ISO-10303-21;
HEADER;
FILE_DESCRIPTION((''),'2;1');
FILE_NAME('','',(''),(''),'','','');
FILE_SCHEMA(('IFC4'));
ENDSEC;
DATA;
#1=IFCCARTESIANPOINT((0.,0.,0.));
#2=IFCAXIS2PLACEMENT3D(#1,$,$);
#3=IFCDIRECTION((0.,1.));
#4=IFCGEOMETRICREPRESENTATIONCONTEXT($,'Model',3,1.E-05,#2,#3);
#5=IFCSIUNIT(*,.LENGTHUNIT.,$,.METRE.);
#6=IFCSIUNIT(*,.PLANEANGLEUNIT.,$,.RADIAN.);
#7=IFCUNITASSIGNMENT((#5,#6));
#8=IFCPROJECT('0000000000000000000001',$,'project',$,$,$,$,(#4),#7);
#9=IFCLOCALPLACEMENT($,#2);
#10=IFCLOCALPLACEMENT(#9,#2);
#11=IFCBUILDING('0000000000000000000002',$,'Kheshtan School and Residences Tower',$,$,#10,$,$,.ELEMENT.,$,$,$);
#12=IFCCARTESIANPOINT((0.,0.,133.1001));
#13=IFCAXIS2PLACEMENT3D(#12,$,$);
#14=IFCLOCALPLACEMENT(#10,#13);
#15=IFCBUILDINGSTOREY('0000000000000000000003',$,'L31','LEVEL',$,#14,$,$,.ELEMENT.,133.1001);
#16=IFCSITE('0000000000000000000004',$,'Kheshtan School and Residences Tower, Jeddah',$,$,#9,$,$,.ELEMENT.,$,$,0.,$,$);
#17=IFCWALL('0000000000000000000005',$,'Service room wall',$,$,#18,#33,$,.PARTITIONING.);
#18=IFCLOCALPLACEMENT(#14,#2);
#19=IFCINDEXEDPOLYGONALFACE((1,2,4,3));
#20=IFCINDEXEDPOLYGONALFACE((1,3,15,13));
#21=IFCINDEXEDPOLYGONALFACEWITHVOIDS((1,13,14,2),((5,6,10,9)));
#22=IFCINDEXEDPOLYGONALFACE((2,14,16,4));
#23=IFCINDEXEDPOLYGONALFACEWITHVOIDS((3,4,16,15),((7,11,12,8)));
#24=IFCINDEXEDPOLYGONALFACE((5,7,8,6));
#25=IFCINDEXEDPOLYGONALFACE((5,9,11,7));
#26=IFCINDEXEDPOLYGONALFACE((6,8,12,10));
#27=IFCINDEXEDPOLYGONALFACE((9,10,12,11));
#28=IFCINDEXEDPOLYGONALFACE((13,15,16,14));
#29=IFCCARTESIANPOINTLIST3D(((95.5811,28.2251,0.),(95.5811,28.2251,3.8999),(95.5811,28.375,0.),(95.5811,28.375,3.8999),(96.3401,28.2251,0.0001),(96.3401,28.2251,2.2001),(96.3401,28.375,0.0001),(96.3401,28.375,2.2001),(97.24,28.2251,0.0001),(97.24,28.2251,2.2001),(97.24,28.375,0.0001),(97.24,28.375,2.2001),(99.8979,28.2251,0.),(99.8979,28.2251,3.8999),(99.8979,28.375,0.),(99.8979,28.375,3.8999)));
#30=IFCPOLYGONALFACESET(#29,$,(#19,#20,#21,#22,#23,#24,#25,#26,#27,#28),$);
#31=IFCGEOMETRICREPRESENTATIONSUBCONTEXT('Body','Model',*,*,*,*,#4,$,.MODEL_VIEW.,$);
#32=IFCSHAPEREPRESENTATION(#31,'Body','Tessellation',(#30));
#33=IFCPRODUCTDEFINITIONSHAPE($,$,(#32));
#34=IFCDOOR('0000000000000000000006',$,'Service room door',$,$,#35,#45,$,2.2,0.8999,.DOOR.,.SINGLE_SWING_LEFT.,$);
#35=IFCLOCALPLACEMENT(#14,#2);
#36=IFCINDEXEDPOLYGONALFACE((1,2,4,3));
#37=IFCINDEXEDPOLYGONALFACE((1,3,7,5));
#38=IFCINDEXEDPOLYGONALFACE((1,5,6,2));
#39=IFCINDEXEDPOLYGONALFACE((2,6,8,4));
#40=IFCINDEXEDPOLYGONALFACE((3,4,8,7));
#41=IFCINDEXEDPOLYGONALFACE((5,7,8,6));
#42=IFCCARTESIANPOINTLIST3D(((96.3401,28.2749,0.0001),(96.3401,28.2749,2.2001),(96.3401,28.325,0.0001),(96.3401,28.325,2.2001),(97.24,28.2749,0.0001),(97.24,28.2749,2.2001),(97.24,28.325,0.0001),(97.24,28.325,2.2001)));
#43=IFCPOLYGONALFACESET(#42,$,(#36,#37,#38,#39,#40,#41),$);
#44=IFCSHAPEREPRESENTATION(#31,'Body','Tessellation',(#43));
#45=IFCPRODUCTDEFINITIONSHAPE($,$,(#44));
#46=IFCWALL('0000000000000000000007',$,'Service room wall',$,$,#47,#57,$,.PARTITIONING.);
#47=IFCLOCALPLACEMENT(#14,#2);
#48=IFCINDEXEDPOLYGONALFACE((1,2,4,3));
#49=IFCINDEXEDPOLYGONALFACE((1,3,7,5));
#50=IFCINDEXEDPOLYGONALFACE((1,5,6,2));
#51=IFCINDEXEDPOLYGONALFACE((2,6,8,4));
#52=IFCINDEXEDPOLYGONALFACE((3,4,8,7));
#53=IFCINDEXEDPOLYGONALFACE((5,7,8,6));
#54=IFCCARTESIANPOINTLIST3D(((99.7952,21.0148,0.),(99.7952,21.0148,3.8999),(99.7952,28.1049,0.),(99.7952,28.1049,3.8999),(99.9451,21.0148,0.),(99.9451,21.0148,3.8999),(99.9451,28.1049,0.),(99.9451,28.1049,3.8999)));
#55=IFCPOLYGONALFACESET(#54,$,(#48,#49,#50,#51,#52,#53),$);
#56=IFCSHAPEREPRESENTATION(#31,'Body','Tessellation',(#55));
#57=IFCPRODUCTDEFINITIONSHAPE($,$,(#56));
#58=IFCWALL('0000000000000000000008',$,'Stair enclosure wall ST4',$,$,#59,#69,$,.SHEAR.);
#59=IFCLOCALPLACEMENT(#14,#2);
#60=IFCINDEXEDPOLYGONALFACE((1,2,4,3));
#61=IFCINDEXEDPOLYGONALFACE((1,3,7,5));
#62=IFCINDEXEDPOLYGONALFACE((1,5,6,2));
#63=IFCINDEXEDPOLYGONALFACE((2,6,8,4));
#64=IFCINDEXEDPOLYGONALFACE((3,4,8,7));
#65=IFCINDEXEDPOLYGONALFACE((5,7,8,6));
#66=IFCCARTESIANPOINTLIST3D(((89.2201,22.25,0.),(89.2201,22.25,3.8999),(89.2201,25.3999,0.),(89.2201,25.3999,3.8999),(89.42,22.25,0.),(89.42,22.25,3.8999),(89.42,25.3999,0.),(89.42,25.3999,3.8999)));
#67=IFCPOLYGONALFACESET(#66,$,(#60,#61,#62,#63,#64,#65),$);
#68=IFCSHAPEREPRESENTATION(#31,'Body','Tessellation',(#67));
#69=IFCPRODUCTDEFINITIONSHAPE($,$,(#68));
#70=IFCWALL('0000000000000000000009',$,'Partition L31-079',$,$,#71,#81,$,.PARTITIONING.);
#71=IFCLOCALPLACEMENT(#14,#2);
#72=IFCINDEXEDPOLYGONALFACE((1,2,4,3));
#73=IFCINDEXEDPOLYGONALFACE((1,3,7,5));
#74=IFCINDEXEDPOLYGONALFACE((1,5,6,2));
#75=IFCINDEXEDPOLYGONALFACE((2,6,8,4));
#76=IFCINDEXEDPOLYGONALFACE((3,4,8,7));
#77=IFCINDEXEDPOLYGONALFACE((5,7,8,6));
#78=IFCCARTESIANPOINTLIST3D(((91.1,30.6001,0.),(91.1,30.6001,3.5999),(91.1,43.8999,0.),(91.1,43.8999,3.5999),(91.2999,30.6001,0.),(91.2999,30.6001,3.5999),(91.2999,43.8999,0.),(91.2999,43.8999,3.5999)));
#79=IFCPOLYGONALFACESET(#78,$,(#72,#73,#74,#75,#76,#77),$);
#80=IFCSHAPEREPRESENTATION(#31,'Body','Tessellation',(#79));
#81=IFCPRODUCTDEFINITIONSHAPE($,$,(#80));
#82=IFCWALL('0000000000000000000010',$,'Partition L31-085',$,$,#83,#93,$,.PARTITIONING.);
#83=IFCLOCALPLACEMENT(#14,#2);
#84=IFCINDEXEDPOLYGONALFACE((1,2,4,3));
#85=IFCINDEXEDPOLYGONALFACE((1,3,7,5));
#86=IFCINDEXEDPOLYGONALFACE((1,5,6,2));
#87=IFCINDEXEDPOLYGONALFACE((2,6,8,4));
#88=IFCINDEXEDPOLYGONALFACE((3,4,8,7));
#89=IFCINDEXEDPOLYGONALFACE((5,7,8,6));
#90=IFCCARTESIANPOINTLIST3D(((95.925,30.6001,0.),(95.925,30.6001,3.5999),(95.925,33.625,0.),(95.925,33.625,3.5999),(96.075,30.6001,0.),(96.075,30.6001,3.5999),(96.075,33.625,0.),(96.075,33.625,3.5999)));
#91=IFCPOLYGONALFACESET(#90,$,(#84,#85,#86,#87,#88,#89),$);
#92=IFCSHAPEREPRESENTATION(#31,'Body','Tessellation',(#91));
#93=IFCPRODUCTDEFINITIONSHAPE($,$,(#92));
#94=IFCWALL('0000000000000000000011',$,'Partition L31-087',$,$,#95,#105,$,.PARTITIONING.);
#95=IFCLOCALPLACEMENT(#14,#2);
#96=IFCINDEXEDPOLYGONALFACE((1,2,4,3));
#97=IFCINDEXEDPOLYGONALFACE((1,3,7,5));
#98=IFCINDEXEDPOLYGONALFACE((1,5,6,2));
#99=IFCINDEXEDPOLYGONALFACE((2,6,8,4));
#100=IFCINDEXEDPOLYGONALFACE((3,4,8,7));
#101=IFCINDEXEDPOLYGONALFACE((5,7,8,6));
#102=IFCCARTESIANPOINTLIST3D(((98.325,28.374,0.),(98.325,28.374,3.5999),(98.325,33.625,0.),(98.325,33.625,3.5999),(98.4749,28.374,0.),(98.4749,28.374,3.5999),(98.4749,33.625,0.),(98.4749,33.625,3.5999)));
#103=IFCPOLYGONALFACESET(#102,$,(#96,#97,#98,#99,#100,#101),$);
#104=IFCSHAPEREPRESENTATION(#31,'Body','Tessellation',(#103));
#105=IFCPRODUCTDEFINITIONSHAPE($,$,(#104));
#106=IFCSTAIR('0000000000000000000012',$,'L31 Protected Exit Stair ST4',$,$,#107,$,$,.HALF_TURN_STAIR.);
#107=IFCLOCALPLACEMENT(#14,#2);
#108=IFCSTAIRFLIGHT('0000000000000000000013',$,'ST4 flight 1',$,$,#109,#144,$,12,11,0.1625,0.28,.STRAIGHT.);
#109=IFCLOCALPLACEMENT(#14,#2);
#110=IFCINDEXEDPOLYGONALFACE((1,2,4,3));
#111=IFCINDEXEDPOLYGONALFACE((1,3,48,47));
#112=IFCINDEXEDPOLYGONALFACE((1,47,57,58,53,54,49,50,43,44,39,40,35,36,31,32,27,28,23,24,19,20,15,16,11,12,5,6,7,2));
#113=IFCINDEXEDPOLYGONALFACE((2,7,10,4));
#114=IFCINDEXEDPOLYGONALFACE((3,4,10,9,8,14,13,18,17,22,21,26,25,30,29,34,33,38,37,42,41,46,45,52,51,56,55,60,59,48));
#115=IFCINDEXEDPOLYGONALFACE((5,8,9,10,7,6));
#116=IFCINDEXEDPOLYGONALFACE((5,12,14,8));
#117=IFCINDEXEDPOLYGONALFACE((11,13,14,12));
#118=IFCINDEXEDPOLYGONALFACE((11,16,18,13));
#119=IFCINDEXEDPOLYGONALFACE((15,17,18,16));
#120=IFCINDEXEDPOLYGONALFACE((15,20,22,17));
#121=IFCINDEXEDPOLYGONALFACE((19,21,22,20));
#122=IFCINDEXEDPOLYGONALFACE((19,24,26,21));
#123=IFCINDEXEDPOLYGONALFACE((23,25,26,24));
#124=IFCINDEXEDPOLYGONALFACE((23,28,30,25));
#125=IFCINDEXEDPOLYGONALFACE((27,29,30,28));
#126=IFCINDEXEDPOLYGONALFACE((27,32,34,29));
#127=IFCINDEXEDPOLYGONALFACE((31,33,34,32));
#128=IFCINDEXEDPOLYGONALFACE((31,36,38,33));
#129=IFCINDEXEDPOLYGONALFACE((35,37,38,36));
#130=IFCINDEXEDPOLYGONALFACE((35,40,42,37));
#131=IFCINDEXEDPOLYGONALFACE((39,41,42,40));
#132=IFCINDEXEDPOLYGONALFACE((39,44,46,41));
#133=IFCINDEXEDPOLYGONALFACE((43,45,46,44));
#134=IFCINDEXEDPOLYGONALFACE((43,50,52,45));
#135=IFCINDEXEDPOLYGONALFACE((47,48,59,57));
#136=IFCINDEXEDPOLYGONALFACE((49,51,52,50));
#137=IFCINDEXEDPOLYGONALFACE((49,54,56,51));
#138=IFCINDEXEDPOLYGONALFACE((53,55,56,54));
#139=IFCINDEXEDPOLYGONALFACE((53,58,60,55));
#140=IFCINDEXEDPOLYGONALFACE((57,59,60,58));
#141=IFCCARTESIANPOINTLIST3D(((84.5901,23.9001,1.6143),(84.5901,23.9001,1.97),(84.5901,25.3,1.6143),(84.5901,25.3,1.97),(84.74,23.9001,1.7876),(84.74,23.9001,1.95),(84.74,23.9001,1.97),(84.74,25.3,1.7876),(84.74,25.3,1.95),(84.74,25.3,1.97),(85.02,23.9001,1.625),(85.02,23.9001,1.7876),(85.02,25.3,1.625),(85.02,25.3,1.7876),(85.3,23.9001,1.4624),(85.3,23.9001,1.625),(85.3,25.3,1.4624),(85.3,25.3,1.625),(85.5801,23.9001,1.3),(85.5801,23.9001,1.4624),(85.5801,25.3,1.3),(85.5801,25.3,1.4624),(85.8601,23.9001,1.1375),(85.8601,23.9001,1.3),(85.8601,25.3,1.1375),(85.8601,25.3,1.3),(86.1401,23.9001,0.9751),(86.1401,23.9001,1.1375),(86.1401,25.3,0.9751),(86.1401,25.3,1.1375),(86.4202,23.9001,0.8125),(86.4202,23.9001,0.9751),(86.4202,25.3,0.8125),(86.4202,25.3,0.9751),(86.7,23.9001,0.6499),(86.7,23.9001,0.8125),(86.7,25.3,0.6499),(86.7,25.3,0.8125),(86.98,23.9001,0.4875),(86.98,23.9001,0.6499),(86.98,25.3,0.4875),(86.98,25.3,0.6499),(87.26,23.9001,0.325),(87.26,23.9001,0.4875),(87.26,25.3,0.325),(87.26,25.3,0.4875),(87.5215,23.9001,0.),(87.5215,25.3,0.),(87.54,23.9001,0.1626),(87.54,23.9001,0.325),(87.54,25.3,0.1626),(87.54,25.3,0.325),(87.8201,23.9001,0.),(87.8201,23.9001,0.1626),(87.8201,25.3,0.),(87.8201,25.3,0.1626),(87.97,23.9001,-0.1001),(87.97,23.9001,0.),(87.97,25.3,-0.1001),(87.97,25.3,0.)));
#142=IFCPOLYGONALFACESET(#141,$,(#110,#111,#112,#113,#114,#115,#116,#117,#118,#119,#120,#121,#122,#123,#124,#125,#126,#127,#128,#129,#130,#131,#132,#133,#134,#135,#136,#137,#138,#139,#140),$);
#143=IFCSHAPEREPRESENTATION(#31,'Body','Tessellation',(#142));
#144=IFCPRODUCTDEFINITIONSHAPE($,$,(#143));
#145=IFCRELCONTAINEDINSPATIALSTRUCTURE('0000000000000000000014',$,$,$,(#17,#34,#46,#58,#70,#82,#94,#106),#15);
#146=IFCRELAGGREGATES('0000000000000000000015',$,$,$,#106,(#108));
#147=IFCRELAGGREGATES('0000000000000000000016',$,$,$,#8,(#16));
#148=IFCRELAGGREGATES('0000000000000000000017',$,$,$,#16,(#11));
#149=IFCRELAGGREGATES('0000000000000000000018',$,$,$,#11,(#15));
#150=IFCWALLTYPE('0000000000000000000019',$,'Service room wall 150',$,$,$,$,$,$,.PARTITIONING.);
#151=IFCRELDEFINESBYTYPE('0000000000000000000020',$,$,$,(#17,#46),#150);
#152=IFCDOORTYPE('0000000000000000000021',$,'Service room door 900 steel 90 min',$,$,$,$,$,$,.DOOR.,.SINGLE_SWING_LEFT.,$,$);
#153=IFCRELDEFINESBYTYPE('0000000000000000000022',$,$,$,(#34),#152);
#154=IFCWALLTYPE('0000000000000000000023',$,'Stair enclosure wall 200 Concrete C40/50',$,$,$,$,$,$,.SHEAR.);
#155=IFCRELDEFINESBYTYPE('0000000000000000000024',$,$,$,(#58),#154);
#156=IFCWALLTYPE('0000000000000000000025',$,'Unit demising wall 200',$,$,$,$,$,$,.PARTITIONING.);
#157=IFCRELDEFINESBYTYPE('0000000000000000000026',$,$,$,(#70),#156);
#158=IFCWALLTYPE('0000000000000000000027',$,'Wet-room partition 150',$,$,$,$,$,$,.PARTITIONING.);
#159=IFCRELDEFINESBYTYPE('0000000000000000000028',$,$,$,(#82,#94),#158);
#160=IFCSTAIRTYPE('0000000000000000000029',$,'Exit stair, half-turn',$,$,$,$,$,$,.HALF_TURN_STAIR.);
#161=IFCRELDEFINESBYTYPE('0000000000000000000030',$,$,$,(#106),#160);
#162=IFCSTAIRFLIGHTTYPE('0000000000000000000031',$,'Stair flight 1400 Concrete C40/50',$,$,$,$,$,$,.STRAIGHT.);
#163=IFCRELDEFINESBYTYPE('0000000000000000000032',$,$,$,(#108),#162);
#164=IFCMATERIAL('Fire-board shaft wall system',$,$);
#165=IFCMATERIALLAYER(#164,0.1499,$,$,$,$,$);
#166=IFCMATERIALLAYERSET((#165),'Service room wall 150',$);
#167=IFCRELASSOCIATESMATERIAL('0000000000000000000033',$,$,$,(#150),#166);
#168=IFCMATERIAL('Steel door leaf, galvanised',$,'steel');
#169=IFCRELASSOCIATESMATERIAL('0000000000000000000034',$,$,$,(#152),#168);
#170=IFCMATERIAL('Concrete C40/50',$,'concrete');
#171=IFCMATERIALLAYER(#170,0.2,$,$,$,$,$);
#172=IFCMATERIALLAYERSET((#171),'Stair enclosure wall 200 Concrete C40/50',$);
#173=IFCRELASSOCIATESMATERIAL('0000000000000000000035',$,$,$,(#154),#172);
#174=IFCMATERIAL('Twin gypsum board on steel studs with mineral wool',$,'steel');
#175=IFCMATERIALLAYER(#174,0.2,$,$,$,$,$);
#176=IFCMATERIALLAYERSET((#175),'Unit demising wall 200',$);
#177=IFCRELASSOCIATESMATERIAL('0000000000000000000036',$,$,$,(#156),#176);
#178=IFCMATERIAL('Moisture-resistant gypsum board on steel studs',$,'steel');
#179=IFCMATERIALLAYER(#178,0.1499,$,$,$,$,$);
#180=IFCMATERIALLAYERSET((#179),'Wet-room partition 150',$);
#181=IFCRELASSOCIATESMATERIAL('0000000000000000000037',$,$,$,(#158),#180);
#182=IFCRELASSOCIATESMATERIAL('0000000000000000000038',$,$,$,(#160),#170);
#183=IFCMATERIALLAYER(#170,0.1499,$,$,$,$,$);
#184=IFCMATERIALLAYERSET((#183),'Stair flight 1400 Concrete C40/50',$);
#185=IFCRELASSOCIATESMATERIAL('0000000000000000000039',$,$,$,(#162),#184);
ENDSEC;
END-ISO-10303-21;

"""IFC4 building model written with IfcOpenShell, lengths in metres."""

from ifc_helpers import new_model, si_unit, direction, frame, frame_2d, origin, place, context, subcontext, project, spatial, polyline, rectangle, outline, extrude, source, transform, mapped, material, layer, layer_set, type_object, element, fill, aggregate, save


model = new_model("IFC4")

# Units and contexts
model_context = context("Model", 3, precision=1e-05, world=origin(), true_north=direction((0.0, 1.0)))
body_context = subcontext(model_context, "Body", "Model", "MODEL_VIEW")
ifc_project = project(units=[si_unit("LENGTHUNIT", "METRE"), si_unit("PLANEANGLEUNIT", "RADIAN")], contexts=[model_context])

# Site, building, storey
site_placement = place(None, origin())
site = spatial("IfcSite", under=ifc_project, at=site_placement, Name="Kheshtan School and Residences Tower, Jeddah", CompositionType="ELEMENT", RefElevation=0.0)
building_placement = place(site_placement, origin())
building = spatial("IfcBuilding", under=site, at=building_placement, Name="Kheshtan School and Residences Tower", CompositionType="ELEMENT")
storey_placement = place(building_placement, frame((0.0, 0.0, 133.1001)))
storey = spatial("IfcBuildingStorey", under=building, at=storey_placement, Name="L31", Description="LEVEL", CompositionType="ELEMENT", Elevation=133.1001)

# Shared definitions
ifc_material_1 = material(Name="Fire-board shaft wall system")
ifc_layer_1 = layer(ifc_material_1, 0.1499)
ifc_layer_set_1 = layer_set([ifc_layer_1], Name="Service room wall 150")
wall_type_1 = type_object("IfcWallType", Name="Service room wall 150", PredefinedType="PARTITIONING", material=ifc_layer_set_1)
ifc_material_2 = material(Name="Steel door leaf, galvanised", Category="steel")
door_type = type_object("IfcDoorType", Name="Service room door 900 steel 90 min", OperationType="SINGLE_SWING_LEFT", PredefinedType="DOOR", material=ifc_material_2)
shared_shape = source(origin(), body_context, "Body", "SweptSolid", [
    extrude(rectangle(XDim=0.8999, YDim=2.2, at=frame_2d((0.45, 1.1001))), frame((0.0, 0.0249, 0.0), z_axis=(0.0, -1.0, 0.0), x_axis=(1.0, 0.0, 0.0)), (0.0, 0.0, 1.0), 0.05),
])

# Wall, opening, door
wall_1_placement = place(storey_placement, frame((95.5811, 28.3, 0.0), z_axis=(0.0, 0.0, 1.0), x_axis=(1.0, 0.0, 0.0)))
wall_1 = element("IfcWall", 1, at=wall_1_placement, inside=storey, type_object=wall_type_1, Name="Service room wall", PredefinedType="PARTITIONING", context=body_context, shape_type="SweptSolid", body=[
    extrude(rectangle(XDim=4.3169, YDim=0.1499, at=frame_2d((2.1584, 0.0))), origin(), (0.0, 0.0, 1.0), 3.8999),
])
opening_1_placement = place(wall_1_placement, frame((0.759, 0.0, 0.0)))
opening_1 = element("IfcOpeningElement", 2, at=opening_1_placement, cuts=wall_1, PredefinedType="OPENING", context=body_context, shape_type="SweptSolid", body=[
    extrude(rectangle(XDim=0.8999, YDim=2.2, at=frame_2d((0.45, 1.1001))), frame((0.0, 0.085, 0.0), z_axis=(0.0, -1.0, 0.0), x_axis=(1.0, 0.0, 0.0)), (0.0, 0.0, 1.0), 0.1699),
])
door_1_placement = place(opening_1_placement, origin())
door_1 = element("IfcDoor", 3, at=door_1_placement, inside=storey, type_object=door_type, Name="Service room door", OperationType="SINGLE_SWING_LEFT", OverallHeight=2.2, OverallWidth=0.8999, PredefinedType="DOOR", context=body_context, shape_type="MappedRepresentation", body=[
    mapped(shared_shape, transform((0.0, 0.0, 0.0), x_axis=(1.0, 0.0, 0.0), y_axis=(0.0, 1.0, 0.0), z_axis=(0.0, 0.0, 1.0), scale=1.0)),
])
fill(opening_1, door_1)

# Walls
wall_2_placement = place(storey_placement, frame((99.8701, 21.0149, 0.0), z_axis=(0.0, 0.0, 1.0), x_axis=(0.0, 1.0, 0.0)))
element("IfcWall", 4, at=wall_2_placement, inside=storey, type_object=wall_type_1, Name="Service room wall", PredefinedType="PARTITIONING", context=body_context, shape_type="SweptSolid", body=[
    extrude(rectangle(XDim=7.0901, YDim=0.1499, at=frame_2d((3.5449, 0.0))), origin(), (0.0, 0.0, 1.0), 3.8999),
])
ifc_material_3 = material(Name="Concrete C40/50", Category="concrete")
ifc_layer_2 = layer(ifc_material_3, 0.2)
ifc_layer_set_2 = layer_set([ifc_layer_2], Name="Stair enclosure wall 200 Concrete C40/50")
wall_type_2 = type_object("IfcWallType", Name="Stair enclosure wall 200 Concrete C40/50", PredefinedType="SHEAR", material=ifc_layer_set_2)
wall_3_placement = place(storey_placement, frame((89.3201, 22.25, 0.0), z_axis=(0.0, 0.0, 1.0), x_axis=(0.0, 1.0, 0.0)))
element("IfcWall", 5, at=wall_3_placement, inside=storey, type_object=wall_type_2, Name="Stair enclosure wall ST4", PredefinedType="SHEAR", context=body_context, shape_type="SweptSolid", body=[
    extrude(rectangle(XDim=3.1499, YDim=0.2, at=frame_2d((1.575, 0.0))), origin(), (0.0, 0.0, 1.0), 3.8999),
])
ifc_material_4 = material(Name="Twin gypsum board on steel studs with mineral wool", Category="steel")
ifc_layer_3 = layer(ifc_material_4, 0.2)
ifc_layer_set_3 = layer_set([ifc_layer_3], Name="Unit demising wall 200")
wall_type_3 = type_object("IfcWallType", Name="Unit demising wall 200", PredefinedType="PARTITIONING", material=ifc_layer_set_3)
wall_4_placement = place(storey_placement, frame((91.2, 30.6001, 0.0), z_axis=(0.0, 0.0, 1.0), x_axis=(0.0, 1.0, 0.0)))
element("IfcWall", 6, at=wall_4_placement, inside=storey, type_object=wall_type_3, Name="Partition L31-079", PredefinedType="PARTITIONING", context=body_context, shape_type="SweptSolid", body=[
    extrude(rectangle(XDim=13.2998, YDim=0.2, at=frame_2d((6.6499, 0.0))), origin(), (0.0, 0.0, 1.0), 3.5999),
])
ifc_material_5 = material(Name="Moisture-resistant gypsum board on steel studs", Category="steel")
ifc_layer_4 = layer(ifc_material_5, 0.1499)
ifc_layer_set_4 = layer_set([ifc_layer_4], Name="Wet-room partition 150")
wall_type_4 = type_object("IfcWallType", Name="Wet-room partition 150", PredefinedType="PARTITIONING", material=ifc_layer_set_4)
wall_5_placement = place(storey_placement, frame((96.0, 30.6001, 0.0), z_axis=(0.0, 0.0, 1.0), x_axis=(0.0, 1.0, 0.0)))
element("IfcWall", 7, at=wall_5_placement, inside=storey, type_object=wall_type_4, Name="Partition L31-085", PredefinedType="PARTITIONING", context=body_context, shape_type="SweptSolid", body=[
    extrude(rectangle(XDim=3.0249, YDim=0.1499, at=frame_2d((1.5125, 0.0))), origin(), (0.0, 0.0, 1.0), 3.5999),
])
wall_6_placement = place(storey_placement, frame((98.3999, 28.374, 0.0), z_axis=(0.0, 0.0, 1.0), x_axis=(0.0, 1.0, 0.0)))
element("IfcWall", 8, at=wall_6_placement, inside=storey, type_object=wall_type_4, Name="Partition L31-087", PredefinedType="PARTITIONING", context=body_context, shape_type="SweptSolid", body=[
    extrude(rectangle(XDim=5.251, YDim=0.1499, at=frame_2d((2.6255, 0.0))), origin(), (0.0, 0.0, 1.0), 3.5999),
])

# Stair, stair flight
stair_type = type_object("IfcStairType", Name="Exit stair, half-turn", PredefinedType="HALF_TURN_STAIR", material=ifc_material_3)
stair_placement = place(storey_placement, origin())
stair = element("IfcStair", 9, at=stair_placement, inside=storey, type_object=stair_type, Name="L31 Protected Exit Stair ST4", PredefinedType="HALF_TURN_STAIR")
ifc_layer_5 = layer(ifc_material_3, 0.1499)
ifc_layer_set_5 = layer_set([ifc_layer_5], Name="Stair flight 1400 Concrete C40/50")
stair_flight_type = type_object("IfcStairFlightType", Name="Stair flight 1400 Concrete C40/50", PredefinedType="STRAIGHT", material=ifc_layer_set_5)
stair_flight_placement = place(storey_placement, frame((87.8201, 24.6001, 0.0), z_axis=(0.0, 0.0, 1.0), x_axis=(-1.0, 0.0, 0.0)))
stair_flight = element("IfcStairFlight", 10, at=stair_flight_placement, type_object=stair_flight_type, Name="ST4 flight 1", NumberOfRisers=12, NumberOfTreads=11, PredefinedType="STRAIGHT", RiserHeight=0.1625, TreadLength=0.28, context=body_context, shape_type="SweptSolid", body=[
    extrude(outline(polyline([(-0.1499, -0.1001), (-0.1499, 0.0), (0.0, 0.0), (0.0, 0.1626), (0.28, 0.1626), (0.28, 0.325), (0.5601, 0.325), (0.5601, 0.4875), (0.8401, 0.4875), (0.8401, 0.6499), (1.1201, 0.6499), (1.1201, 0.8125), (1.3999, 0.8125), (1.3999, 0.9751), (1.6799, 0.9751), (1.6799, 1.1375), (1.96, 1.1375), (1.96, 1.3), (2.24, 1.3), (2.24, 1.4624), (2.52, 1.4624), (2.52, 1.625), (2.8, 1.625), (2.8, 1.7876), (3.0801, 1.7876), (3.0801, 1.95), (3.0801, 1.97), (3.23, 1.97), (3.23, 1.6143), (0.2986, 0.0), (-0.1499, -0.1001)])), frame((0.0, 0.7, 0.0), z_axis=(0.0, -1.0, 0.0), x_axis=(1.0, 0.0, 0.0)), (0.0, 0.0, 1.0), 1.3999),
])
aggregate(stair, [stair_flight])

save(model, "model.ifc")
